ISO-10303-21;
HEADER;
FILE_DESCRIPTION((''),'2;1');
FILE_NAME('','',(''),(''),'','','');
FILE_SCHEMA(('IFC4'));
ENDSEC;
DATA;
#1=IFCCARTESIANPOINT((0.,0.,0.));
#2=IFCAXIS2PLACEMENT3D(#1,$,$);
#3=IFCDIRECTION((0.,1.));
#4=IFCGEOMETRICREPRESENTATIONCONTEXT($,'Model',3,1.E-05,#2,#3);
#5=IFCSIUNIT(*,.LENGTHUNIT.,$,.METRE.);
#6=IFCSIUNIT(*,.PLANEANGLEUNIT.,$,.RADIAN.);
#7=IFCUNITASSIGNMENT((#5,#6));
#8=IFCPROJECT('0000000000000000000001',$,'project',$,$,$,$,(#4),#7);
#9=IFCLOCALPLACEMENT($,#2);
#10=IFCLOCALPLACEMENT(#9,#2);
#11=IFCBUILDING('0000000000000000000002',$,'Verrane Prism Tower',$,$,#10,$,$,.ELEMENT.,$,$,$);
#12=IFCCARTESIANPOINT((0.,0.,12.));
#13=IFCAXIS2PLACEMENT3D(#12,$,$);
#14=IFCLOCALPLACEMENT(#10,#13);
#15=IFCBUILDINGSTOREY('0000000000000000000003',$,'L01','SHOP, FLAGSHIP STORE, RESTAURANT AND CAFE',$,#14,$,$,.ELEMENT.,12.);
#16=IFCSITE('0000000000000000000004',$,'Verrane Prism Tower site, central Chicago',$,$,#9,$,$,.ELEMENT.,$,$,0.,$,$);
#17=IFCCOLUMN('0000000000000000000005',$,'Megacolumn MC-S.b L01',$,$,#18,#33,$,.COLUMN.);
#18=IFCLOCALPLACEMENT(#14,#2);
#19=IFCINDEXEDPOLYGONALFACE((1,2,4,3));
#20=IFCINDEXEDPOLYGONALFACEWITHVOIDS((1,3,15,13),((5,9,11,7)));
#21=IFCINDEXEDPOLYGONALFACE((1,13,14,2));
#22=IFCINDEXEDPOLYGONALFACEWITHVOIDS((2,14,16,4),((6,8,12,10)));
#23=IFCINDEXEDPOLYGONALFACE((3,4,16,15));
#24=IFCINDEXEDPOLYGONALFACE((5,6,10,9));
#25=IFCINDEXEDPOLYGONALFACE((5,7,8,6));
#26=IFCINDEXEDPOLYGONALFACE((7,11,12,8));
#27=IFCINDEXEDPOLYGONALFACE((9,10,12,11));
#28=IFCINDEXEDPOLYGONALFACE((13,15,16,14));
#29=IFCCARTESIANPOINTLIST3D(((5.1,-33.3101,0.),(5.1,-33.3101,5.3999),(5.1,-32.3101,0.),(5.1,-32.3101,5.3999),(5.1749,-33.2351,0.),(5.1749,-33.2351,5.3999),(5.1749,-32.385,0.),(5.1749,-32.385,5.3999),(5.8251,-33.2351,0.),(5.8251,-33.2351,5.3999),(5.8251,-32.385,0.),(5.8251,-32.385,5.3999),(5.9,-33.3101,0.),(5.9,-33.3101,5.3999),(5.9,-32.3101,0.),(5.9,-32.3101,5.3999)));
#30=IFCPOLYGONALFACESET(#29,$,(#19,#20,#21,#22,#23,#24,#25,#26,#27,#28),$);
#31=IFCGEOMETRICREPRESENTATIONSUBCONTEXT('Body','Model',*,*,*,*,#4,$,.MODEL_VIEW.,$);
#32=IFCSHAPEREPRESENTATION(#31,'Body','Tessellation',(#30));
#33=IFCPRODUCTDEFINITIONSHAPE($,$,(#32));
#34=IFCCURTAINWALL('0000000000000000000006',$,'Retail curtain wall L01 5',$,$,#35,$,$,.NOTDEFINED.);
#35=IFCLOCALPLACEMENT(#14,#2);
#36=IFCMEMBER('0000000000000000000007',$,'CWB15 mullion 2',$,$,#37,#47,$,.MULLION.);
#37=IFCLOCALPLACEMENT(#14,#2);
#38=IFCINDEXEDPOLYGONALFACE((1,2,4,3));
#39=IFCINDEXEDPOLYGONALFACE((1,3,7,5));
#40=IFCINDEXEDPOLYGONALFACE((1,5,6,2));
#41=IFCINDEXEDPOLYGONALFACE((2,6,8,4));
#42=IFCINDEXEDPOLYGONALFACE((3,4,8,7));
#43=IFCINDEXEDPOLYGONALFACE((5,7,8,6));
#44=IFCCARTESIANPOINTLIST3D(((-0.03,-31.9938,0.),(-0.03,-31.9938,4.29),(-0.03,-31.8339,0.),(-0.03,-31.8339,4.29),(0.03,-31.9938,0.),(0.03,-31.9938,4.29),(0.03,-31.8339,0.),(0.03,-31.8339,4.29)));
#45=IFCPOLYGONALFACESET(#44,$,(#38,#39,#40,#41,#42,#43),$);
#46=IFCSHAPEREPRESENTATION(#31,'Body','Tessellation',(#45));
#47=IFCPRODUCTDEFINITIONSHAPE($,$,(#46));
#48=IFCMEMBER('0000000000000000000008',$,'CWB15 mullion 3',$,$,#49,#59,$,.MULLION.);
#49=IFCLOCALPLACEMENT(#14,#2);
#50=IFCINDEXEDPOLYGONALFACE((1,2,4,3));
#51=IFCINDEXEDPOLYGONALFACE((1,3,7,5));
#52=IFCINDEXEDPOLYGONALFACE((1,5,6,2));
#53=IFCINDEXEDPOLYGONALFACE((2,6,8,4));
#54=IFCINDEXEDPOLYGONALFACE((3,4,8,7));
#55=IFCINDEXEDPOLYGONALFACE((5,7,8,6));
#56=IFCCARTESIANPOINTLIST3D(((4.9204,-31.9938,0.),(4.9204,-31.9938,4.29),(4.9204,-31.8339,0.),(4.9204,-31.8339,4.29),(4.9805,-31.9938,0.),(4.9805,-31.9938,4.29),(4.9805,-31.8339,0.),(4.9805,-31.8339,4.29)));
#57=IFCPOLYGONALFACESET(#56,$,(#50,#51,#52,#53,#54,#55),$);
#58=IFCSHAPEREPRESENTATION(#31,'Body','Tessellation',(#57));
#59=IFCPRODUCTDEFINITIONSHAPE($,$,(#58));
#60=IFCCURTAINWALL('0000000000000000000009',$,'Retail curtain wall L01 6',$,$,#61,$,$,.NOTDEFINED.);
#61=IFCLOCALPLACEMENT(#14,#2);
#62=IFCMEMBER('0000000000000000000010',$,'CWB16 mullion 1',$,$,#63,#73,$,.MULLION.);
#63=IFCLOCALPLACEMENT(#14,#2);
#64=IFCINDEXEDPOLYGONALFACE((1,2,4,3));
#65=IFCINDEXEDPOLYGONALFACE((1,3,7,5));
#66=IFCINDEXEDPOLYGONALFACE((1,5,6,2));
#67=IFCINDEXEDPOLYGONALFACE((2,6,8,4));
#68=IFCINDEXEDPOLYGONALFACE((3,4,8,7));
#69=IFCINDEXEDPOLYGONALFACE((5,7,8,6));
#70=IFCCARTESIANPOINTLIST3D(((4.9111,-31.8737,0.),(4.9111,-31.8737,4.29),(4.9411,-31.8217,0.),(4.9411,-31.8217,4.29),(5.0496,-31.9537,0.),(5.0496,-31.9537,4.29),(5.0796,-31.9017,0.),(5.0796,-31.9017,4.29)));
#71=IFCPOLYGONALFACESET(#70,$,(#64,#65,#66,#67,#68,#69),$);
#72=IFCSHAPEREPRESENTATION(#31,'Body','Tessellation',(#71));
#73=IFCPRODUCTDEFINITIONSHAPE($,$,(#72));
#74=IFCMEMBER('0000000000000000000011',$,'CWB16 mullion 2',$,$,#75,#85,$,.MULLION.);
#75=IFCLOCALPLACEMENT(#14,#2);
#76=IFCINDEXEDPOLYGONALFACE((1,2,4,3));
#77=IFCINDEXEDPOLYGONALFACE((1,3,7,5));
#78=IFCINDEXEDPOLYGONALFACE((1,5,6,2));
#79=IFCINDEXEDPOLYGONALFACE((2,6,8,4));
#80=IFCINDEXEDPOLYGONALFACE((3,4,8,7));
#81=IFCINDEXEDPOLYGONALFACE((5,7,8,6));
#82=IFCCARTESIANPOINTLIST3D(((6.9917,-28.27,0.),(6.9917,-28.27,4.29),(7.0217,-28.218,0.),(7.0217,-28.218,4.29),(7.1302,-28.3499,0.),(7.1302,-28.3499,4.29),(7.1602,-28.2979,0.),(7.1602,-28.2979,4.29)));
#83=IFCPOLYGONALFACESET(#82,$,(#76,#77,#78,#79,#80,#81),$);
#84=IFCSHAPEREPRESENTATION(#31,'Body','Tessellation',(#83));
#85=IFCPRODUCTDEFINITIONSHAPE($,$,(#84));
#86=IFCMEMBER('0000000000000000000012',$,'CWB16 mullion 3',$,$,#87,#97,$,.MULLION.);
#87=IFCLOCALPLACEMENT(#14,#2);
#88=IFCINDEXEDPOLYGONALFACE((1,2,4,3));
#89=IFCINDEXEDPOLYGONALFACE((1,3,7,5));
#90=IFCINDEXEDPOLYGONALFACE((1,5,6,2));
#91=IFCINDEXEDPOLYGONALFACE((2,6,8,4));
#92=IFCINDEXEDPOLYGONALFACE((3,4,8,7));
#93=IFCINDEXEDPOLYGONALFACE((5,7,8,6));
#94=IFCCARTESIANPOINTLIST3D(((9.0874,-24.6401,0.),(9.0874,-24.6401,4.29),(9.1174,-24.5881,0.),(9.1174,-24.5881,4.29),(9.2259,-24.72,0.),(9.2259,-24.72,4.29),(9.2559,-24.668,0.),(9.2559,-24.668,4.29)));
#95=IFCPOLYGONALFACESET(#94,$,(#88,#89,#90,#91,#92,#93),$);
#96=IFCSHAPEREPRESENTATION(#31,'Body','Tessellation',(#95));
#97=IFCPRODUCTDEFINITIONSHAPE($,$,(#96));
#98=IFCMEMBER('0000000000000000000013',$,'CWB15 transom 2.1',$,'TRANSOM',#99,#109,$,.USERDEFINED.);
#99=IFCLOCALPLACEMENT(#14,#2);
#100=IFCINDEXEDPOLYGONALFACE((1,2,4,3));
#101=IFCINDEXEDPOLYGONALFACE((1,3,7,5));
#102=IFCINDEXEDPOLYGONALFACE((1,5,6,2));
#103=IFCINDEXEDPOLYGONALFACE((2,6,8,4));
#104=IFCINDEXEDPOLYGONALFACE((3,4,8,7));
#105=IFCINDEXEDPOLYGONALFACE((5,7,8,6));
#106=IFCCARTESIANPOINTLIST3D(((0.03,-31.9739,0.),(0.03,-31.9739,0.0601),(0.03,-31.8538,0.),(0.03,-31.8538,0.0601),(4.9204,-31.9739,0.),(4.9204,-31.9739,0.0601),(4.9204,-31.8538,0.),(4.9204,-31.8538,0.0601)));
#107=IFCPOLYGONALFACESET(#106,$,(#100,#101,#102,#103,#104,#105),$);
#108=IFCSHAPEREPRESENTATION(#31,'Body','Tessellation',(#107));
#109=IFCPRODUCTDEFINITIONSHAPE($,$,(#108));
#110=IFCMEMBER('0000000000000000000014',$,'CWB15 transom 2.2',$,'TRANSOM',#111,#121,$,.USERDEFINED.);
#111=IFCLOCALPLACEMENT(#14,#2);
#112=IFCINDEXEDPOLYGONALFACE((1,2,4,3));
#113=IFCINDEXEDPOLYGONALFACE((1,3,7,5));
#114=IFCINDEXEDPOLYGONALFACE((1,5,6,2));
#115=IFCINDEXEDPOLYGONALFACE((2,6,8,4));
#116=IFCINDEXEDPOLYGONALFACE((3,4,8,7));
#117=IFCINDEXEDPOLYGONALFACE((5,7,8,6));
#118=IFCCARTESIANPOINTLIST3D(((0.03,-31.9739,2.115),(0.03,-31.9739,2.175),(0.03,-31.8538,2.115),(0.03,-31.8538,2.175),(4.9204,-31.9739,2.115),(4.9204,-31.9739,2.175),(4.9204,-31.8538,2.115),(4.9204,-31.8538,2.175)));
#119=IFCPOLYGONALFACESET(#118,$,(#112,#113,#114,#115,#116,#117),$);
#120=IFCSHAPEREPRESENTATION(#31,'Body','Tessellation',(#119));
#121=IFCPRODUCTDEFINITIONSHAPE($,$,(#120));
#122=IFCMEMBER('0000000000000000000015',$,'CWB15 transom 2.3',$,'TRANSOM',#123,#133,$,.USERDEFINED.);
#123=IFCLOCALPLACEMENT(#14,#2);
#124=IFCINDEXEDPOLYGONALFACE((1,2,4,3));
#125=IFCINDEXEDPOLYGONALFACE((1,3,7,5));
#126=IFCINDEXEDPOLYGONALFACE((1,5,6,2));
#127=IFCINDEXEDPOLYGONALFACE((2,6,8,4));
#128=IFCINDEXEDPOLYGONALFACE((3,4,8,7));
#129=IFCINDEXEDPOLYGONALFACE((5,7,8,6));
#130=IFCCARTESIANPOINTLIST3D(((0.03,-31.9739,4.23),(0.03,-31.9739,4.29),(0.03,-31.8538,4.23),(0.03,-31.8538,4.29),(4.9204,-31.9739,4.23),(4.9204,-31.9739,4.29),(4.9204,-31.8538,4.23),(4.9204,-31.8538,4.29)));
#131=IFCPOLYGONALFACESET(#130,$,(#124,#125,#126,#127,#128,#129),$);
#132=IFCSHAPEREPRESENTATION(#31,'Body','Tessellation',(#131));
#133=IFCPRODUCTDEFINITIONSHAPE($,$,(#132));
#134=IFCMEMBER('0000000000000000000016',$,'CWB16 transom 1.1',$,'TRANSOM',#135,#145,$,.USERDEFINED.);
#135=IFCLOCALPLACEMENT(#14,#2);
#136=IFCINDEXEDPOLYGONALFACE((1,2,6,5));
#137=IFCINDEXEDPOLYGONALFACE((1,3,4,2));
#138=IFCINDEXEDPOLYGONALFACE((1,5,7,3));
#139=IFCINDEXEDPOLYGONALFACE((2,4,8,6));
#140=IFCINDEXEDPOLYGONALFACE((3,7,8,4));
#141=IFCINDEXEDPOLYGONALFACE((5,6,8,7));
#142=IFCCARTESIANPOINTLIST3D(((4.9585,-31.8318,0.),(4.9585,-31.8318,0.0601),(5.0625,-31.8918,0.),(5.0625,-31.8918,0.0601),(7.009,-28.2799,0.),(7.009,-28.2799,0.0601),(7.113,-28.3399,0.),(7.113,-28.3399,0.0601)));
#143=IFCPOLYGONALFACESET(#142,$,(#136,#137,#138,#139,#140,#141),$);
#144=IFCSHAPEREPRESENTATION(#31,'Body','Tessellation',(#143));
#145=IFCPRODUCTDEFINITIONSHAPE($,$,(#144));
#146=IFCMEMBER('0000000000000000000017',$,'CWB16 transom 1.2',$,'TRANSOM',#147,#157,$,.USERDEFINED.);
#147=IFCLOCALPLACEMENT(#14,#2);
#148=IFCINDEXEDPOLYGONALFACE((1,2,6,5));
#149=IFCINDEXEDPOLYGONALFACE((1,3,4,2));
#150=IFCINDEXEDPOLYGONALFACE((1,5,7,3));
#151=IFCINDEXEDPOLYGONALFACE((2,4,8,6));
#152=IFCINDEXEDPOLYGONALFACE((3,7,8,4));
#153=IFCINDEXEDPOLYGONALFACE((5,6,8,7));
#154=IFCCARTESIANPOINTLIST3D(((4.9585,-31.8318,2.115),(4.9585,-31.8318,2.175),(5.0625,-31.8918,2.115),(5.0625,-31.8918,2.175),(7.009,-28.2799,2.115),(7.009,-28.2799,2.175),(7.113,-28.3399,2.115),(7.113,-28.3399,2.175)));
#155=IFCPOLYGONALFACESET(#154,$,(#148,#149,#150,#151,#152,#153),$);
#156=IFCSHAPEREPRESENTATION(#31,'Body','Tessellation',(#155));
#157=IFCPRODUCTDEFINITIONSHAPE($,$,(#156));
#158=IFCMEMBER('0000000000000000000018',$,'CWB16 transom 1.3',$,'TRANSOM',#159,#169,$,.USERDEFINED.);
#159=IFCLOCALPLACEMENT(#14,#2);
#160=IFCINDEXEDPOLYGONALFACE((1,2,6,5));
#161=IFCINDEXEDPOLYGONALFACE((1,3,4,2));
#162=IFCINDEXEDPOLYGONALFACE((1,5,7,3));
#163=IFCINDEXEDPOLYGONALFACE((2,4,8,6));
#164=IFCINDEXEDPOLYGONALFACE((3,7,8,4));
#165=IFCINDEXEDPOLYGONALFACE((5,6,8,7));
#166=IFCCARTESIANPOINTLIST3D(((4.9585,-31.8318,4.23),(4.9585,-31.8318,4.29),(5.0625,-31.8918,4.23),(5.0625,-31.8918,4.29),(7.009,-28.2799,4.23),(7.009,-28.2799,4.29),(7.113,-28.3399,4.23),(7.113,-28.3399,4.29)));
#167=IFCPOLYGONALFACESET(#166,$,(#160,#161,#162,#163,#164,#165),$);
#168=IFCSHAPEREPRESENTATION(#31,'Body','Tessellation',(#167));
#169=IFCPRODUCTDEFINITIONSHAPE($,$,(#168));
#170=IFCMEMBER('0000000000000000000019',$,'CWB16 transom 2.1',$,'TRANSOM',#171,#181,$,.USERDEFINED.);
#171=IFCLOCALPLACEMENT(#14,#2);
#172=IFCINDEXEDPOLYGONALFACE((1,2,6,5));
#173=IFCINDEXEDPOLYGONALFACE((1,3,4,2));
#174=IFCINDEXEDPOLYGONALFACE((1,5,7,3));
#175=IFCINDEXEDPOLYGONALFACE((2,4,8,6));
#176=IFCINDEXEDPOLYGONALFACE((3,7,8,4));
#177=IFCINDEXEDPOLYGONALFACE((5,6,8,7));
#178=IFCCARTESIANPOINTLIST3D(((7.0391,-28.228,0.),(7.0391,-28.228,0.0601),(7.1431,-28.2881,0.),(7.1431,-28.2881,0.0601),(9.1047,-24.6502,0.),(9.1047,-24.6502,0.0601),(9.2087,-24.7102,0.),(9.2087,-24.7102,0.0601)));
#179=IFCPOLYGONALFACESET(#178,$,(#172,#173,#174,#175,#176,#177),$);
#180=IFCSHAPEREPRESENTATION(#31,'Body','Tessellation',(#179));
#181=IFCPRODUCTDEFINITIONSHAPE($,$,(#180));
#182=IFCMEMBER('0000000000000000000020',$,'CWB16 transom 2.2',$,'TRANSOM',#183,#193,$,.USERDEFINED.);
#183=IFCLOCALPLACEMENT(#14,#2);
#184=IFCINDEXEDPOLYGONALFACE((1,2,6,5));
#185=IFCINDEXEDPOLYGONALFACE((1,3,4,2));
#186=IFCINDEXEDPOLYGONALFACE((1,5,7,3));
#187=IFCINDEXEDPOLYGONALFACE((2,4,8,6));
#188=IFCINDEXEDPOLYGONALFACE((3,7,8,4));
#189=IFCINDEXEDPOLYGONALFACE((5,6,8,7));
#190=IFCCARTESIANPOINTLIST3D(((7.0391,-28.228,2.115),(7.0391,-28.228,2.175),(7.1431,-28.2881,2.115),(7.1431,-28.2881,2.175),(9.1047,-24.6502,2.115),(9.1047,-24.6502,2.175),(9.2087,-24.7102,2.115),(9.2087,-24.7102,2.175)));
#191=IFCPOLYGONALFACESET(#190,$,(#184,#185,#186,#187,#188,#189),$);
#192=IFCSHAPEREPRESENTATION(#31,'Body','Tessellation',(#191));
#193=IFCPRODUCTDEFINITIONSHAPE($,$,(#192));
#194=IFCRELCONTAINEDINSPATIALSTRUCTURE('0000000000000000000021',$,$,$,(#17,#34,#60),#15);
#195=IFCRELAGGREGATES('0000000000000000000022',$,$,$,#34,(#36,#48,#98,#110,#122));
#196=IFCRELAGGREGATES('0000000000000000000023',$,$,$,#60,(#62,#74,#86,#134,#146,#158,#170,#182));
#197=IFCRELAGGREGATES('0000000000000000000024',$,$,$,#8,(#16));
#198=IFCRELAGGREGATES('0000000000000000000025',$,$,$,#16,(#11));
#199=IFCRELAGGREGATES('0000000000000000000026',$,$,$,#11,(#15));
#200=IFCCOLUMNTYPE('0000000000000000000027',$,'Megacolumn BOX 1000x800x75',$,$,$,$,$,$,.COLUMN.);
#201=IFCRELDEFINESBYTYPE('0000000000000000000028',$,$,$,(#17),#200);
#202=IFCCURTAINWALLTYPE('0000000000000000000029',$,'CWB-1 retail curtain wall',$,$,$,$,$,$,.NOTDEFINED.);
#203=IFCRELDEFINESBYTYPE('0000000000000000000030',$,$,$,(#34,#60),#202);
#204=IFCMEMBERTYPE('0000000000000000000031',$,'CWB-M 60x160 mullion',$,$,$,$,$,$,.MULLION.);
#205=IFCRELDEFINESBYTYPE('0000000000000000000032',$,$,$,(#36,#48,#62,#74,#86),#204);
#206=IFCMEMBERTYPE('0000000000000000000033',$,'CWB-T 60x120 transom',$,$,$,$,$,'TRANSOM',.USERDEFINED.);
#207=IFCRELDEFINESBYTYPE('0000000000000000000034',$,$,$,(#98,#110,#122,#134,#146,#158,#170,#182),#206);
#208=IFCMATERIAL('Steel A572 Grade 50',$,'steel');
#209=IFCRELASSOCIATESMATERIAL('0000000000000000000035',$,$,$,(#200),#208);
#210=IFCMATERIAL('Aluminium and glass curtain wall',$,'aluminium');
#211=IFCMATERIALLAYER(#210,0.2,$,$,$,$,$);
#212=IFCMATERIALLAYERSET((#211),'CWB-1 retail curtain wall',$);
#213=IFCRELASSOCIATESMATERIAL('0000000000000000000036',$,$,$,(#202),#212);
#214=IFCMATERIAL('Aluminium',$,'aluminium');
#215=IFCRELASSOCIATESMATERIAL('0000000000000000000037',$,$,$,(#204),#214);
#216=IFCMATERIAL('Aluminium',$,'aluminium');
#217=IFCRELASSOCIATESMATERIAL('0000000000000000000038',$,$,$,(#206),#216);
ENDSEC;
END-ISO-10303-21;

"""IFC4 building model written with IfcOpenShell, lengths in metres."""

from ifc_helpers import new_model, si_unit, direction, frame, origin, origin_2d, place, context, subcontext, project, spatial, rectangle, hollow_rectangle, extrude, material, layer, layer_set, material_profile, profile_set, type_object, element, aggregate, save


model = new_model("IFC4")

# Units and contexts
model_context = context("Model", 3, precision=1e-05, world=origin(), true_north=direction((0.0, 1.0)))
body_context = subcontext(model_context, "Body", "Model", "MODEL_VIEW")
ifc_project = project(units=[si_unit("LENGTHUNIT", "METRE"), si_unit("PLANEANGLEUNIT", "RADIAN")], contexts=[model_context])

# Site, building, storey
site_placement = place(None, origin())
site = spatial("IfcSite", under=ifc_project, at=site_placement, Name="Verrane Prism Tower site, central Chicago", CompositionType="ELEMENT", RefElevation=0.0)
building_placement = place(site_placement, origin())
building = spatial("IfcBuilding", under=site, at=building_placement, Name="Verrane Prism Tower", CompositionType="ELEMENT")
storey_placement = place(building_placement, frame((0.0, 0.0, 12.0)))
storey = spatial("IfcBuildingStorey", under=building, at=storey_placement, Name="L01", Description="SHOP, FLAGSHIP STORE, RESTAURANT AND CAFE", CompositionType="ELEMENT", Elevation=12.0)

# Column
ifc_material_1 = material(Name="Steel A572 Grade 50", Category="steel")
ifc_material_profile_1 = material_profile(ifc_material_1, hollow_rectangle(XDim=0.8, YDim=1.0, WallThickness=0.075, at=origin_2d()), Name="BOX 1000x800x75")
ifc_profile_set_1 = profile_set([ifc_material_profile_1], Name="Steel A572 Grade 50")
column_type = type_object("IfcColumnType", Name="Megacolumn BOX 1000x800x75", PredefinedType="COLUMN", material=ifc_profile_set_1)
column_placement = place(storey_placement, frame((5.5, -32.8101, 0.0), z_axis=(0.0, 0.0, 1.0), x_axis=(-1.0, 0.0, 0.0)))
element("IfcColumn", 1, at=column_placement, inside=storey, type_object=column_type, Name="Megacolumn MC-S.b L01", PredefinedType="COLUMN", context=body_context, shape_type="SweptSolid", body=[
    extrude(hollow_rectangle(XDim=0.8, YDim=1.0, WallThickness=0.075, at=origin_2d()), origin(), (0.0, 0.0, 1.0), 5.3999),
])

# Curtain walls, members
ifc_material_2 = material(Name="Aluminium and glass curtain wall", Category="aluminium")
ifc_layer_1 = layer(ifc_material_2, 0.2)
ifc_layer_set_1 = layer_set([ifc_layer_1], Name="CWB-1 retail curtain wall")
curtain_wall_type = type_object("IfcCurtainWallType", Name="CWB-1 retail curtain wall", PredefinedType="NOTDEFINED", material=ifc_layer_set_1)
curtain_wall_1_placement = place(storey_placement, origin())
curtain_wall_1 = element("IfcCurtainWall", 2, at=curtain_wall_1_placement, inside=storey, type_object=curtain_wall_type, Name="Retail curtain wall L01 5", PredefinedType="NOTDEFINED")
ifc_material_3 = material(Name="Aluminium", Category="aluminium")
ifc_material_profile_2 = material_profile(ifc_material_3, rectangle(XDim=0.1599, YDim=0.0601, at=origin_2d()), Name="CWB-M 60x160 mullion")
ifc_profile_set_2 = profile_set([ifc_material_profile_2], Name="Aluminium")
member_type_1 = type_object("IfcMemberType", Name="CWB-M 60x160 mullion", PredefinedType="MULLION", material=ifc_profile_set_2)
member_1_placement = place(storey_placement, frame((0.0, -31.9138, 0.0), z_axis=(0.0, 0.0, 1.0), x_axis=(0.0, 1.0, 0.0)))
member_1 = element("IfcMember", 3, at=member_1_placement, type_object=member_type_1, Name="CWB15 mullion 2", PredefinedType="MULLION", context=body_context, shape_type="SweptSolid", body=[
    extrude(rectangle(XDim=0.1599, YDim=0.0601, at=origin_2d()), origin(), (0.0, 0.0, 1.0), 4.29),
])
member_2_placement = place(storey_placement, frame((4.9504, -31.9138, 0.0), z_axis=(0.0, 0.0, 1.0), x_axis=(0.0, 1.0, 0.0)))
member_2 = element("IfcMember", 4, at=member_2_placement, type_object=member_type_1, Name="CWB15 mullion 3", PredefinedType="MULLION", context=body_context, shape_type="SweptSolid", body=[
    extrude(rectangle(XDim=0.1599, YDim=0.0601, at=origin_2d()), origin(), (0.0, 0.0, 1.0), 4.29),
])
curtain_wall_2_placement = place(storey_placement, origin())
curtain_wall_2 = element("IfcCurtainWall", 5, at=curtain_wall_2_placement, inside=storey, type_object=curtain_wall_type, Name="Retail curtain wall L01 6", PredefinedType="NOTDEFINED")
member_3_placement = place(storey_placement, frame((4.9954, -31.8877, 0.0), z_axis=(0.0, 0.0, 1.0), x_axis=(-0.866025, 0.5, 0.0)))
member_3 = element("IfcMember", 6, at=member_3_placement, type_object=member_type_1, Name="CWB16 mullion 1", PredefinedType="MULLION", context=body_context, shape_type="SweptSolid", body=[
    extrude(rectangle(XDim=0.1599, YDim=0.0601, at=origin_2d()), origin(), (0.0, 0.0, 1.0), 4.29),
])
member_4_placement = place(storey_placement, frame((7.0759, -28.2839, 0.0), z_axis=(0.0, 0.0, 1.0), x_axis=(-0.866025, 0.5, 0.0)))
member_4 = element("IfcMember", 7, at=member_4_placement, type_object=member_type_1, Name="CWB16 mullion 2", PredefinedType="MULLION", context=body_context, shape_type="SweptSolid", body=[
    extrude(rectangle(XDim=0.1599, YDim=0.0601, at=origin_2d()), origin(), (0.0, 0.0, 1.0), 4.29),
])
member_5_placement = place(storey_placement, frame((9.1716, -24.6541, 0.0), z_axis=(0.0, 0.0, 1.0), x_axis=(-0.866025, 0.5, 0.0)))
member_5 = element("IfcMember", 8, at=member_5_placement, type_object=member_type_1, Name="CWB16 mullion 3", PredefinedType="MULLION", context=body_context, shape_type="SweptSolid", body=[
    extrude(rectangle(XDim=0.1599, YDim=0.0601, at=origin_2d()), origin(), (0.0, 0.0, 1.0), 4.29),
])

# Members
ifc_material_4 = material(Name="Aluminium", Category="aluminium")
ifc_material_profile_3 = material_profile(ifc_material_4, rectangle(XDim=0.1201, YDim=0.0601, at=origin_2d()), Name="CWB-T 60x120 transom")
ifc_profile_set_3 = profile_set([ifc_material_profile_3], Name="Aluminium")
member_type_2 = type_object("IfcMemberType", Name="CWB-T 60x120 transom", ElementType="TRANSOM", PredefinedType="USERDEFINED", material=ifc_profile_set_3)
member_6_placement = place(storey_placement, frame((0.03, -31.9138, 0.03), z_axis=(1.0, 0.0, 0.0), x_axis=(0.0, 1.0, 0.0)))
member_6 = element("IfcMember", 9, at=member_6_placement, type_object=member_type_2, Name="CWB15 transom 2.1", ObjectType="TRANSOM", PredefinedType="USERDEFINED", context=body_context, shape_type="SweptSolid", body=[
    extrude(rectangle(XDim=0.1201, YDim=0.0601, at=origin_2d()), origin(), (0.0, 0.0, 1.0), 4.8904),
])
member_7_placement = place(storey_placement, frame((0.03, -31.9138, 2.145), z_axis=(1.0, 0.0, 0.0), x_axis=(0.0, 1.0, 0.0)))
member_7 = element("IfcMember", 10, at=member_7_placement, type_object=member_type_2, Name="CWB15 transom 2.2", ObjectType="TRANSOM", PredefinedType="USERDEFINED", context=body_context, shape_type="SweptSolid", body=[
    extrude(rectangle(XDim=0.1201, YDim=0.0601, at=origin_2d()), origin(), (0.0, 0.0, 1.0), 4.8904),
])
member_8_placement = place(storey_placement, frame((0.03, -31.9138, 4.26), z_axis=(1.0, 0.0, 0.0), x_axis=(0.0, 1.0, 0.0)))
member_8 = element("IfcMember", 11, at=member_8_placement, type_object=member_type_2, Name="CWB15 transom 2.3", ObjectType="TRANSOM", PredefinedType="USERDEFINED", context=body_context, shape_type="SweptSolid", body=[
    extrude(rectangle(XDim=0.1201, YDim=0.0601, at=origin_2d()), origin(), (0.0, 0.0, 1.0), 4.8904),
])
member_9_placement = place(storey_placement, frame((5.0105, -31.8618, 0.03), z_axis=(0.499961, 0.866048, 0.0), x_axis=(-0.866048, 0.499961, 0.0)))
member_9 = element("IfcMember", 12, at=member_9_placement, type_object=member_type_2, Name="CWB16 transom 1.1", ObjectType="TRANSOM", PredefinedType="USERDEFINED", context=body_context, shape_type="SweptSolid", body=[
    extrude(rectangle(XDim=0.1201, YDim=0.0601, at=origin_2d()), origin(), (0.0, 0.0, 1.0), 4.1013),
])
member_10_placement = place(storey_placement, frame((5.0105, -31.8618, 2.145), z_axis=(0.499961, 0.866048, 0.0), x_axis=(-0.866048, 0.499961, 0.0)))
member_10 = element("IfcMember", 13, at=member_10_placement, type_object=member_type_2, Name="CWB16 transom 1.2", ObjectType="TRANSOM", PredefinedType="USERDEFINED", context=body_context, shape_type="SweptSolid", body=[
    extrude(rectangle(XDim=0.1201, YDim=0.0601, at=origin_2d()), origin(), (0.0, 0.0, 1.0), 4.1013),
])
member_11_placement = place(storey_placement, frame((5.0105, -31.8618, 4.26), z_axis=(0.499961, 0.866048, 0.0), x_axis=(-0.866048, 0.499961, 0.0)))
member_11 = element("IfcMember", 14, at=member_11_placement, type_object=member_type_2, Name="CWB16 transom 1.3", ObjectType="TRANSOM", PredefinedType="USERDEFINED", context=body_context, shape_type="SweptSolid", body=[
    extrude(rectangle(XDim=0.1201, YDim=0.0601, at=origin_2d()), origin(), (0.0, 0.0, 1.0), 4.1013),
])
member_12_placement = place(storey_placement, frame((7.0911, -28.2581, 0.03), z_axis=(0.499997, 0.866027, 0.0), x_axis=(-0.866027, 0.499997, 0.0)))
member_12 = element("IfcMember", 15, at=member_12_placement, type_object=member_type_2, Name="CWB16 transom 2.1", ObjectType="TRANSOM", PredefinedType="USERDEFINED", context=body_context, shape_type="SweptSolid", body=[
    extrude(rectangle(XDim=0.1201, YDim=0.0601, at=origin_2d()), origin(), (0.0, 0.0, 1.0), 4.1313),
])
member_13_placement = place(storey_placement, frame((7.0911, -28.2581, 2.145), z_axis=(0.499997, 0.866027, 0.0), x_axis=(-0.866027, 0.499997, 0.0)))
member_13 = element("IfcMember", 16, at=member_13_placement, type_object=member_type_2, Name="CWB16 transom 2.2", ObjectType="TRANSOM", PredefinedType="USERDEFINED", context=body_context, shape_type="SweptSolid", body=[
    extrude(rectangle(XDim=0.1201, YDim=0.0601, at=origin_2d()), origin(), (0.0, 0.0, 1.0), 4.1313),
])

aggregate(curtain_wall_1, [member_1, member_2, member_6, member_7, member_8])
aggregate(curtain_wall_2, [member_3, member_4, member_5, member_9, member_10, member_11, member_12, member_13])

save(model, "model.ifc")
